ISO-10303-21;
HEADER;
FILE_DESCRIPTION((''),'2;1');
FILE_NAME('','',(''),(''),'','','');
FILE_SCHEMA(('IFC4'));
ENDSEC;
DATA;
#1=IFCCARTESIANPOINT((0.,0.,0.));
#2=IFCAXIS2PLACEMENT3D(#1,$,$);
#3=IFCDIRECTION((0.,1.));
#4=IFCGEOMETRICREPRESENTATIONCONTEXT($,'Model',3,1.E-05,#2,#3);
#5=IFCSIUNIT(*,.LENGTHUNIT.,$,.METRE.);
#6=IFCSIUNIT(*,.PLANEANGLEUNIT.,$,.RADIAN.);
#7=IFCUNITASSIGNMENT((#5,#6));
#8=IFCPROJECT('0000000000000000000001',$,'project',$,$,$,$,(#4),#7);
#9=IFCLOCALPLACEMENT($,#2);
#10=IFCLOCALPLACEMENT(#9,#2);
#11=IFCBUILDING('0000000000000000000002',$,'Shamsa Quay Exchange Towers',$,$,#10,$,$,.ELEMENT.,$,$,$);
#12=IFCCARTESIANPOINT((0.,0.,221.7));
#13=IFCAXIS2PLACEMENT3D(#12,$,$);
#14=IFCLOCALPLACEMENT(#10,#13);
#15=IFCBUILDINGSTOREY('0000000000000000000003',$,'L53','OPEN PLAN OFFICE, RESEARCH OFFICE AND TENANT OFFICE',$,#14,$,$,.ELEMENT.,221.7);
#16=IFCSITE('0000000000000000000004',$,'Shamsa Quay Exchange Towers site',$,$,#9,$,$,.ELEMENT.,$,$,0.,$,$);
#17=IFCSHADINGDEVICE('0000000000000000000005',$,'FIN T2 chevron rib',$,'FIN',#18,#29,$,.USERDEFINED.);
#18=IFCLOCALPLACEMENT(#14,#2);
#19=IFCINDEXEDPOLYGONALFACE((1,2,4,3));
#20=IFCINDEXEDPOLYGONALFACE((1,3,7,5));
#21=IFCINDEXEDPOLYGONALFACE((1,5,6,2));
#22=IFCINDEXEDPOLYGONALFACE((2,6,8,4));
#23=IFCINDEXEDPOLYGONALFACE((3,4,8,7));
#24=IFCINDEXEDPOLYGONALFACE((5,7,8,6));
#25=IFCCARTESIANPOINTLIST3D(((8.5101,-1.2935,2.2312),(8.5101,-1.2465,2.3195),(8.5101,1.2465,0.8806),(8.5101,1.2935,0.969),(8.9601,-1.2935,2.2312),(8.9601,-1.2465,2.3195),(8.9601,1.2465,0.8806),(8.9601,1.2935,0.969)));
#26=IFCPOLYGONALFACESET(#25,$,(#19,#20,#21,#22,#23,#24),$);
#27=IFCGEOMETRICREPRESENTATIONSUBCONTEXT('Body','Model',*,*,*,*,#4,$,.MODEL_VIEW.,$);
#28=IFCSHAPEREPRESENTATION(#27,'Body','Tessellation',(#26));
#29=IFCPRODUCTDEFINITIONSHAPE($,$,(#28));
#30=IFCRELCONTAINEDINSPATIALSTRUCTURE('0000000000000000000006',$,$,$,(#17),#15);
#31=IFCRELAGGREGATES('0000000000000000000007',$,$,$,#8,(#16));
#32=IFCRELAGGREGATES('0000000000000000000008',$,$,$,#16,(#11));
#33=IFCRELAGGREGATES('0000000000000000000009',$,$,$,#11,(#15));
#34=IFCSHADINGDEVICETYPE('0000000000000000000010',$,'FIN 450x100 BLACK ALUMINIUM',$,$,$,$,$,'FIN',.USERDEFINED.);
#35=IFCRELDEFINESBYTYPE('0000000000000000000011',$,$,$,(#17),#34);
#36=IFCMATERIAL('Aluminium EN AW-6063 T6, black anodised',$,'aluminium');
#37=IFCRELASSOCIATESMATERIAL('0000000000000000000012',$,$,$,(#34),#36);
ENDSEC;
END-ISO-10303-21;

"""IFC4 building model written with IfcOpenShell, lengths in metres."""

from ifc_helpers import new_model, si_unit, direction, frame, origin, origin_2d, place, context, subcontext, project, spatial, rectangle, extrude, material, material_profile, profile_set, type_object, element, save


model = new_model("IFC4")

# Units and contexts
model_context = context("Model", 3, precision=1e-05, world=origin(), true_north=direction((0.0, 1.0)))
body_context = subcontext(model_context, "Body", "Model", "MODEL_VIEW")
ifc_project = project(units=[si_unit("LENGTHUNIT", "METRE"), si_unit("PLANEANGLEUNIT", "RADIAN")], contexts=[model_context])

# Site, building, storey
site_placement = place(None, origin())
site = spatial("IfcSite", under=ifc_project, at=site_placement, Name="Shamsa Quay Exchange Towers site", CompositionType="ELEMENT", RefElevation=0.0)
building_placement = place(site_placement, origin())
building = spatial("IfcBuilding", under=site, at=building_placement, Name="Shamsa Quay Exchange Towers", CompositionType="ELEMENT")
storey_placement = place(building_placement, frame((0.0, 0.0, 221.7)))
storey = spatial("IfcBuildingStorey", under=building, at=storey_placement, Name="L53", Description="OPEN PLAN OFFICE, RESEARCH OFFICE AND TENANT OFFICE", CompositionType="ELEMENT", Elevation=221.7)

# Shared definitions
ifc_material_1 = material(Name="Aluminium EN AW-6063 T6, black anodised", Category="aluminium")

# Shading device
ifc_material_profile_1 = material_profile(ifc_material_1, rectangle(XDim=0.45, YDim=0.1001, at=origin_2d()), Name="FIN450x100")
ifc_profile_set_1 = profile_set([ifc_material_profile_1], Name="Aluminium EN AW-6063 T6, black anodised")
shading_device_type = type_object("IfcShadingDeviceType", Name="FIN 450x100 BLACK ALUMINIUM", ElementType="FIN", PredefinedType="USERDEFINED", material=ifc_profile_set_1)
shading_device_1_placement = place(storey_placement, frame((8.7351, 1.27, 0.9248), z_axis=(0.0, -0.882944, 0.469478), x_axis=(1.0, 0.0, 0.0)))
element("IfcShadingDevice", 1, at=shading_device_1_placement, inside=storey, type_object=shading_device_type, Name="FIN T2 chevron rib", ObjectType="FIN", PredefinedType="USERDEFINED", context=body_context, shape_type="SweptSolid", body=[
    extrude(rectangle(XDim=0.45, YDim=0.1001, at=origin_2d()), origin(), (0.0, 0.0, 1.0), 2.8767),
])

save(model, "model.ifc")
